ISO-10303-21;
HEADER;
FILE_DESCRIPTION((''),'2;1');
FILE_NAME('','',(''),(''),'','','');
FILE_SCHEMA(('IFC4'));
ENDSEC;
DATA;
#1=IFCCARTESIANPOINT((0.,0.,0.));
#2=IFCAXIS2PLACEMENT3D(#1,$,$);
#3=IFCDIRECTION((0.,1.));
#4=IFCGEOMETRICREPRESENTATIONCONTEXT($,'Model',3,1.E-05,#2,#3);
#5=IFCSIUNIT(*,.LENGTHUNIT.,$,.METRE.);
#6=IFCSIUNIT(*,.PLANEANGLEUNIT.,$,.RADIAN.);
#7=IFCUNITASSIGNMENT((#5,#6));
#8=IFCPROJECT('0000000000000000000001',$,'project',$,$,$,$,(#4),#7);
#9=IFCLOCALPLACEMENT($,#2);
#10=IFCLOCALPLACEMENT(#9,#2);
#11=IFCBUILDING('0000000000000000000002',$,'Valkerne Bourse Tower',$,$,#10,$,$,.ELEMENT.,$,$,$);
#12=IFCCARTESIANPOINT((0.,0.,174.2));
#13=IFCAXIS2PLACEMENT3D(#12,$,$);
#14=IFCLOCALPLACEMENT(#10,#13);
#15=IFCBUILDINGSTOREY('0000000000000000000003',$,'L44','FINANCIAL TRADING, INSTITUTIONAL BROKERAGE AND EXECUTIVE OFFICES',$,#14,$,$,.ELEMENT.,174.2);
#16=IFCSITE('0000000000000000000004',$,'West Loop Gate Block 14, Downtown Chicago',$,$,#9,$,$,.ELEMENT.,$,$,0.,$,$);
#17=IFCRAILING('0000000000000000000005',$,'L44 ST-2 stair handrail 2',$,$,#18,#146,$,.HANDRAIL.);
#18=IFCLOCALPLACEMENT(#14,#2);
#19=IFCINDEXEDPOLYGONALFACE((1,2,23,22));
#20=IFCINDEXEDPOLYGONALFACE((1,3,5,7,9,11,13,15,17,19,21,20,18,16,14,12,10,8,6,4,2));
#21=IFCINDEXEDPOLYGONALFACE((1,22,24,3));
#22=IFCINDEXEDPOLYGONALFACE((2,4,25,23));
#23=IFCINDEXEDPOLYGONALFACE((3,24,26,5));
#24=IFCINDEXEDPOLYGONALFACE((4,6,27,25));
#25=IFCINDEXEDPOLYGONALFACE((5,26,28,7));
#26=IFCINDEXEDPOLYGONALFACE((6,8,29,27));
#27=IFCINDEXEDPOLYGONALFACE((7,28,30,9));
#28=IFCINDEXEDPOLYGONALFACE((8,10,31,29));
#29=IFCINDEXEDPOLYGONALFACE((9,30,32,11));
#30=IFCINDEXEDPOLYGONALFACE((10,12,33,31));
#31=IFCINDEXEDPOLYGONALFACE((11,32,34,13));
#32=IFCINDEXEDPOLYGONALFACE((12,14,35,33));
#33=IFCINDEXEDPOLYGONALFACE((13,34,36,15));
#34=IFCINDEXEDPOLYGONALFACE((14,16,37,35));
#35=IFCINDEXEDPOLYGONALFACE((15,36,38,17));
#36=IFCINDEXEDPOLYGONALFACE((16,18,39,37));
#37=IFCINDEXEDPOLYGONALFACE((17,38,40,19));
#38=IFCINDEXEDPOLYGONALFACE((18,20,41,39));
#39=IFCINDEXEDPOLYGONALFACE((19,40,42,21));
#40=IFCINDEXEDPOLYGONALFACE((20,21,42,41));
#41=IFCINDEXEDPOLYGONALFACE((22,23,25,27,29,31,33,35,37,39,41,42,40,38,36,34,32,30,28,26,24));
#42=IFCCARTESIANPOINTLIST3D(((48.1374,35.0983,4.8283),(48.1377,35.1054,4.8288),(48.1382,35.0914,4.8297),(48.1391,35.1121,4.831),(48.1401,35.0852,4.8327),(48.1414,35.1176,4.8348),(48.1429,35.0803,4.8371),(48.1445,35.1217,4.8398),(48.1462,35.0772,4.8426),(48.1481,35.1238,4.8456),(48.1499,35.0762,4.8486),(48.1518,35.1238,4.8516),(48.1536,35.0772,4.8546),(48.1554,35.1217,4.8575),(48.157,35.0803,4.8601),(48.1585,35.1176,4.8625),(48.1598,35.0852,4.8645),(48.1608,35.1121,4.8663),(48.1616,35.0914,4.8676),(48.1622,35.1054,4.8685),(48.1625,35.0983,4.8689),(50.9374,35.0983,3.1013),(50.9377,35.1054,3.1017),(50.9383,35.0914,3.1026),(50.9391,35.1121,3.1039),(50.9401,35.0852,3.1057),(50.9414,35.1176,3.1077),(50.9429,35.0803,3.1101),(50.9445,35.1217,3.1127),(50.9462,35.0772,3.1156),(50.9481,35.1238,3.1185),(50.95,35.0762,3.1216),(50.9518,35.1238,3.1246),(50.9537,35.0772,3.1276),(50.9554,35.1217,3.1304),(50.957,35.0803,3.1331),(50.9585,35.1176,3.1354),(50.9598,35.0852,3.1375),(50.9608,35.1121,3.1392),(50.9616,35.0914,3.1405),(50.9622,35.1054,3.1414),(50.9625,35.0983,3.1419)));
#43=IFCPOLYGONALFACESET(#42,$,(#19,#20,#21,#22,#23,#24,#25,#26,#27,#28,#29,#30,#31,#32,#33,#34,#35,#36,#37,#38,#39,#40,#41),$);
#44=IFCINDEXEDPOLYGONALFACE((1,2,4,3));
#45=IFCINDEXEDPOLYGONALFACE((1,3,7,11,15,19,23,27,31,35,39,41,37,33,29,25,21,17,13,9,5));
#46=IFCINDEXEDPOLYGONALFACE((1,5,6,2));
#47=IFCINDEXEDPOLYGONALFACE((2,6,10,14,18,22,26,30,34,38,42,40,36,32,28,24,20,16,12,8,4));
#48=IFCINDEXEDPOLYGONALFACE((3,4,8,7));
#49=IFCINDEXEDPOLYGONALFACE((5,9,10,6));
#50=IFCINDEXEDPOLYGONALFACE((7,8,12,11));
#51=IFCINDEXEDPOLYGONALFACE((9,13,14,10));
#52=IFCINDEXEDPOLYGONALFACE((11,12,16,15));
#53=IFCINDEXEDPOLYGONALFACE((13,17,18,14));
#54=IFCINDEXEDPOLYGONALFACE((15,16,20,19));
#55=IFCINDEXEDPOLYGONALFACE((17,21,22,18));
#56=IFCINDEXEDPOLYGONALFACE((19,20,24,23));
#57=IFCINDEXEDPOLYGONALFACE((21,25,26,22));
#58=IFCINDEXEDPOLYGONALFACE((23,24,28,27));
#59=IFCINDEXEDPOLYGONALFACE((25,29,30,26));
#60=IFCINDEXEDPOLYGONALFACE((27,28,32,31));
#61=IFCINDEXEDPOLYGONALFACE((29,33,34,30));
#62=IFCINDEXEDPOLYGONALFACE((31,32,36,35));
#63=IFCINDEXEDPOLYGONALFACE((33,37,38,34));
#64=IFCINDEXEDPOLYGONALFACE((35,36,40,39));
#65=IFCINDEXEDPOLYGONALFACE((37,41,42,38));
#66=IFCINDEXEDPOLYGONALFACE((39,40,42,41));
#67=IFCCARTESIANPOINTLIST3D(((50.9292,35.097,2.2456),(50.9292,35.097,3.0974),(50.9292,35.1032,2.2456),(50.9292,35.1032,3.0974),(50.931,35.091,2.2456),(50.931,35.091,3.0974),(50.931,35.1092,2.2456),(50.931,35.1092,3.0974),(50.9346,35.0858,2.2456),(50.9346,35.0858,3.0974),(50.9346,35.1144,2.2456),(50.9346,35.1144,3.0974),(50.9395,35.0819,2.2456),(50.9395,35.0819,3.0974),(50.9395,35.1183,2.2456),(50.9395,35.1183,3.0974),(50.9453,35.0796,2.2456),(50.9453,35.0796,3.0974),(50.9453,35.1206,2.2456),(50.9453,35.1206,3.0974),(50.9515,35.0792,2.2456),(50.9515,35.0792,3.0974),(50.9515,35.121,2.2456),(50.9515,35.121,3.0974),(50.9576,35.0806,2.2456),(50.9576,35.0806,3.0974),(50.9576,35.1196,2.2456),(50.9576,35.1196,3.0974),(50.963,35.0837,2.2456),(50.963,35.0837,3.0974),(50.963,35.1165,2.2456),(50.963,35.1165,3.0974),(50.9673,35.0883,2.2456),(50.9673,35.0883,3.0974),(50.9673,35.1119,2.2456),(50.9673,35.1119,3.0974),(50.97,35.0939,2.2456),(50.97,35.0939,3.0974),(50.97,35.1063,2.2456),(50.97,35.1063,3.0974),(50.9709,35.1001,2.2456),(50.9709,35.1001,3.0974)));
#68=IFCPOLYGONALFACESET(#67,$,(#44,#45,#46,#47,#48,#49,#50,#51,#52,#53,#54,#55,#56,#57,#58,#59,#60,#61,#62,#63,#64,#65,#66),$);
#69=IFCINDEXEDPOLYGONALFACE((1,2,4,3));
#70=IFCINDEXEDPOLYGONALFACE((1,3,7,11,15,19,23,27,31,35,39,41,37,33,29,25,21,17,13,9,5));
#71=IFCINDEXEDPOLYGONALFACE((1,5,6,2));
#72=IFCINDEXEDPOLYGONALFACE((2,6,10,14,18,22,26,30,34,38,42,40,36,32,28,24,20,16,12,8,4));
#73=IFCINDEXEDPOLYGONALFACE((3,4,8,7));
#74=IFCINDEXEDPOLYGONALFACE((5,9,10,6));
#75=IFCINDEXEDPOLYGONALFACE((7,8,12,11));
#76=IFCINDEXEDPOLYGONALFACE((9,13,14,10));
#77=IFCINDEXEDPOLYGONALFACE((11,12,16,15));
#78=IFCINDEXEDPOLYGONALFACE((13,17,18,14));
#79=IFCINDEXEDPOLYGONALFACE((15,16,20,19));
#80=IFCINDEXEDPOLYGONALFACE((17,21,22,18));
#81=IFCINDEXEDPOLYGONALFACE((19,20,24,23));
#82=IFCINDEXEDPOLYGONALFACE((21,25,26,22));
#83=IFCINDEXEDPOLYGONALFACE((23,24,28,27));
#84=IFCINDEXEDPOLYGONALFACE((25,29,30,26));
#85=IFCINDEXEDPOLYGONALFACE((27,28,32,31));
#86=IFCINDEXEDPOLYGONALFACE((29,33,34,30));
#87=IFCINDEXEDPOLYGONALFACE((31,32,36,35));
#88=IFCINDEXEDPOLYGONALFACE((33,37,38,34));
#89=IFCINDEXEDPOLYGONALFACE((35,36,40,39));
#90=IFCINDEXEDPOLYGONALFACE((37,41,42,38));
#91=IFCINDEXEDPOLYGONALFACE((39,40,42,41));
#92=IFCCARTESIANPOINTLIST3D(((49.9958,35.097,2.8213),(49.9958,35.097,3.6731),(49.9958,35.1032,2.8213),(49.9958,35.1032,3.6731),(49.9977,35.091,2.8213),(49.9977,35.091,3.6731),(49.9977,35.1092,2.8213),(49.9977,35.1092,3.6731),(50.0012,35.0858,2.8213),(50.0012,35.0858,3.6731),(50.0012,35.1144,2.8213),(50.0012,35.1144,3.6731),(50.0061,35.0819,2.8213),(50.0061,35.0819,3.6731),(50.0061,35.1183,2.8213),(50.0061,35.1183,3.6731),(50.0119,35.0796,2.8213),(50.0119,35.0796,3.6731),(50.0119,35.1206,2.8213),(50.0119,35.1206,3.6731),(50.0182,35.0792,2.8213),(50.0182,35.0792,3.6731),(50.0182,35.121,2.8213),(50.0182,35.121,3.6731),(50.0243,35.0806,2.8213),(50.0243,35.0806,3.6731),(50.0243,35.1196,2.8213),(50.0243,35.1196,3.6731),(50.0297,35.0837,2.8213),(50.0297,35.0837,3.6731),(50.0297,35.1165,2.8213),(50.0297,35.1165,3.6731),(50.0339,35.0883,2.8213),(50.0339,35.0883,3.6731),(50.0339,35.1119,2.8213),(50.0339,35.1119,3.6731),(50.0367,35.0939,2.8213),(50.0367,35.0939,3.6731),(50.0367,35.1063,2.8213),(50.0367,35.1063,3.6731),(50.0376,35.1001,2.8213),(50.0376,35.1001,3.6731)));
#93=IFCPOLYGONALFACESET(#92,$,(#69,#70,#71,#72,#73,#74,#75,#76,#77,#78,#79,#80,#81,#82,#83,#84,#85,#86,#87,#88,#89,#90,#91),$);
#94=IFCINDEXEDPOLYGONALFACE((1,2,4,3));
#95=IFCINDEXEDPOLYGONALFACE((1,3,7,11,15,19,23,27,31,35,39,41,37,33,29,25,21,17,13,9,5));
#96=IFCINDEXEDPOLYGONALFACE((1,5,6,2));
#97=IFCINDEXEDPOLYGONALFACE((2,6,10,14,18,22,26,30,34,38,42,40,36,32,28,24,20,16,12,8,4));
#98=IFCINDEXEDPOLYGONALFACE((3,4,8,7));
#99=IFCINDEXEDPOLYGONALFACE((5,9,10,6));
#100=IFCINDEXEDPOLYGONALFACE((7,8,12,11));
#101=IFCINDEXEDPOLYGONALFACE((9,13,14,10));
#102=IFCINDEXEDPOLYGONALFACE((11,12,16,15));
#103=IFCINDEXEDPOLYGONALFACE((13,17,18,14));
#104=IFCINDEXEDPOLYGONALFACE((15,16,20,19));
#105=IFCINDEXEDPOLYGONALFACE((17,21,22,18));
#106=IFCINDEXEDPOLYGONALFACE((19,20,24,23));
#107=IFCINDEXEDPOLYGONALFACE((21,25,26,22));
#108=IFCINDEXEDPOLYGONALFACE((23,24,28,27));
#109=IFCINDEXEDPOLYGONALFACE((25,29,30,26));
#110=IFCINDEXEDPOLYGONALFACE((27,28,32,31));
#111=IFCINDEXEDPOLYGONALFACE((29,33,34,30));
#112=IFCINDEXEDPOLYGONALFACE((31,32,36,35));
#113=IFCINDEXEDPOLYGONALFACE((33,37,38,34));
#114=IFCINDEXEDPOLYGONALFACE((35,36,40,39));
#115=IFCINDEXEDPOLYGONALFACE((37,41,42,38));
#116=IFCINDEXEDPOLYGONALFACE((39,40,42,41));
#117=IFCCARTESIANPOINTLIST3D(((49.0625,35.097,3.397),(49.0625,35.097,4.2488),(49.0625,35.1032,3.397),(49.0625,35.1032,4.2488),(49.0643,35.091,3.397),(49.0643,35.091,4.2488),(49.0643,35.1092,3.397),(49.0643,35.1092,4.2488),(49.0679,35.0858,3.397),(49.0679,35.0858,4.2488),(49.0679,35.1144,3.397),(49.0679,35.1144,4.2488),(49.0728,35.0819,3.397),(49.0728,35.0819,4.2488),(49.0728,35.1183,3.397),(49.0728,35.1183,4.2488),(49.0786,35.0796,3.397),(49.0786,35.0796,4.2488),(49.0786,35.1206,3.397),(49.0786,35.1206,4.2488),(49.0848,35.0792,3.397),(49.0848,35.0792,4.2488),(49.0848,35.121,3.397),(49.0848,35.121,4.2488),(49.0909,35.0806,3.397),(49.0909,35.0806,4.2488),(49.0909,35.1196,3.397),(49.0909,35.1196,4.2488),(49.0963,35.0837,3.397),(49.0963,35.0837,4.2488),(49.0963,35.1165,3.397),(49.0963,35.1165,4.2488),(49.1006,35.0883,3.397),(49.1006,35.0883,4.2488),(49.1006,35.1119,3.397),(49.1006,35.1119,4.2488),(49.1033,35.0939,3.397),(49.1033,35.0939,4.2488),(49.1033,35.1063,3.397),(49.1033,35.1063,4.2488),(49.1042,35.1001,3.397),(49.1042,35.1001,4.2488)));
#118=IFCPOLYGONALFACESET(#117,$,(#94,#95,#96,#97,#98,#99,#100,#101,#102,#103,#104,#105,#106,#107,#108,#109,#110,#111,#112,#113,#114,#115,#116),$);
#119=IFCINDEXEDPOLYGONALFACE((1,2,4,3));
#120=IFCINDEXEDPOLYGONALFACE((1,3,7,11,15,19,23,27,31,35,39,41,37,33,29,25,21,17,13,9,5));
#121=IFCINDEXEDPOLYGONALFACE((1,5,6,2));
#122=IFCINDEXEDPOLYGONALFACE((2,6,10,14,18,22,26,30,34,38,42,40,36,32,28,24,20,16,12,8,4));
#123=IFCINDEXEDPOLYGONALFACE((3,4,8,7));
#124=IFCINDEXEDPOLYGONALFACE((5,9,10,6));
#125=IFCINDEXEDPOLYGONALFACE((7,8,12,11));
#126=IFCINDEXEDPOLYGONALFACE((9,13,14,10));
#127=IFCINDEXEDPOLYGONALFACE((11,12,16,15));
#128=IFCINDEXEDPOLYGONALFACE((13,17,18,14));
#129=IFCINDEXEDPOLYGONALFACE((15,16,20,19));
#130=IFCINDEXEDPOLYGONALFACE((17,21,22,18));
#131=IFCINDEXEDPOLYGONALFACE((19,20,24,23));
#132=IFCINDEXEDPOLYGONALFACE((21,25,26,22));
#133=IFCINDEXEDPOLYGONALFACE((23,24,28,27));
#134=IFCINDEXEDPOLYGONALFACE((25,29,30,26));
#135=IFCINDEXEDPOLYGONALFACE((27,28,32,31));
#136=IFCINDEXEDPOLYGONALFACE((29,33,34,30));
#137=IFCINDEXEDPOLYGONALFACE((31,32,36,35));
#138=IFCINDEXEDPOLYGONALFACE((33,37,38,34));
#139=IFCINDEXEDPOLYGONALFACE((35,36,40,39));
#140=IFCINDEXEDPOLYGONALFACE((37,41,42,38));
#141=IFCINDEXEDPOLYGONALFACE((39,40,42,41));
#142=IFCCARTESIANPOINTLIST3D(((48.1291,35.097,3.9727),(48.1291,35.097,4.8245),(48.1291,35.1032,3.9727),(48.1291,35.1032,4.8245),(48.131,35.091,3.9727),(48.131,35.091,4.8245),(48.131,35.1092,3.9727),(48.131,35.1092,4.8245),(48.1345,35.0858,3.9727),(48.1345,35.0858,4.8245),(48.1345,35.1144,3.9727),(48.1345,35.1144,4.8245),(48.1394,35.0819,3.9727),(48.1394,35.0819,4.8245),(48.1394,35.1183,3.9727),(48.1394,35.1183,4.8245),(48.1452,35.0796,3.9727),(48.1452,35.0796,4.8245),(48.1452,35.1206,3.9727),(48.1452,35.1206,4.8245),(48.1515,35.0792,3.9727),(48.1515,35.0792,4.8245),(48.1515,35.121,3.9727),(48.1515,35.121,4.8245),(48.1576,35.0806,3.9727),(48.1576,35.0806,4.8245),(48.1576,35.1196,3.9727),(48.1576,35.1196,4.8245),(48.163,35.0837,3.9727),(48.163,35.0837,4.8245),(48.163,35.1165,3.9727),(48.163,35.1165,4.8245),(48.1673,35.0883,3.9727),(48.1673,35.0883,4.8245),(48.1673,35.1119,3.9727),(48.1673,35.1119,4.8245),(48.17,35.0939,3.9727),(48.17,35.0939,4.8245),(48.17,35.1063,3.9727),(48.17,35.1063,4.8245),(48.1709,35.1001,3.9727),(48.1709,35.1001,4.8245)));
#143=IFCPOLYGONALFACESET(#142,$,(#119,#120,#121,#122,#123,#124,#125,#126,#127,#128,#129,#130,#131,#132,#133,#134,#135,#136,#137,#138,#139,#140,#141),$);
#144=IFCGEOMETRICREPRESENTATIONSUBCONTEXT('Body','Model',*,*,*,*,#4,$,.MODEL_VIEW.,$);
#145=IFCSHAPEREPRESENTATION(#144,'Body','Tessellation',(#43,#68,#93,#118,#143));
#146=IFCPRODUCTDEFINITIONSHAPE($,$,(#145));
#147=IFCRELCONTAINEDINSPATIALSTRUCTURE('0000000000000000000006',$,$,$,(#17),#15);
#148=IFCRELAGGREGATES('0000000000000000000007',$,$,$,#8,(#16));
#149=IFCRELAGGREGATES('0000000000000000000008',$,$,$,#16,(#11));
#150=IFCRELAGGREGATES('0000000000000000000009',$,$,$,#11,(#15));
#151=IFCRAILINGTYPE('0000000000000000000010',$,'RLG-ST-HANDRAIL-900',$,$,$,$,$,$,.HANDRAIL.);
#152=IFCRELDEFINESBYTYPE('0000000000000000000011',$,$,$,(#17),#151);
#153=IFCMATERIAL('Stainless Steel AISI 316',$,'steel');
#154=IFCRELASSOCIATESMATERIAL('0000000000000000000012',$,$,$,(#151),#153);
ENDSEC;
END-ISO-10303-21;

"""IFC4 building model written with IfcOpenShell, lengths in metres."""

from ifc_helpers import new_model, si_unit, direction, frame, origin, origin_2d, place, context, subcontext, project, spatial, circle, extrude, material, type_object, element, save


model = new_model("IFC4")

# Units and contexts
model_context = context("Model", 3, precision=1e-05, world=origin(), true_north=direction((0.0, 1.0)))
body_context = subcontext(model_context, "Body", "Model", "MODEL_VIEW")
ifc_project = project(units=[si_unit("LENGTHUNIT", "METRE"), si_unit("PLANEANGLEUNIT", "RADIAN")], contexts=[model_context])

# Site, building, storey
site_placement = place(None, origin())
site = spatial("IfcSite", under=ifc_project, at=site_placement, Name="West Loop Gate Block 14, Downtown Chicago", CompositionType="ELEMENT", RefElevation=0.0)
building_placement = place(site_placement, origin())
building = spatial("IfcBuilding", under=site, at=building_placement, Name="Valkerne Bourse Tower", CompositionType="ELEMENT")
storey_placement = place(building_placement, frame((0.0, 0.0, 174.2)))
storey = spatial("IfcBuildingStorey", under=building, at=storey_placement, Name="L44", Description="FINANCIAL TRADING, INSTITUTIONAL BROKERAGE AND EXECUTIVE OFFICES", CompositionType="ELEMENT", Elevation=174.2)

# Railing
ifc_material_1 = material(Name="Stainless Steel AISI 316", Category="steel")
railing_type_1 = type_object("IfcRailingType", Name="RLG-ST-HANDRAIL-900", PredefinedType="HANDRAIL", material=ifc_material_1)
railing_1_placement = place(storey_placement, frame((50.95, 35.1001, 2.2456)))
element("IfcRailing", 1, at=railing_1_placement, inside=storey, type_object=railing_type_1, Name="L44 ST-2 stair handrail 2", PredefinedType="HANDRAIL", context=body_context, shape_type="SweptSolid", body=[
    extrude(circle(Radius=0.0239, at=origin_2d()), frame((0.0, 0.0, 0.876), z_axis=(-0.851123, 0.0, 0.524967), x_axis=(0.0, -1.0, 0.0)), (0.0, 0.0, 1.0), 3.2898),
    extrude(circle(Radius=0.021, at=origin_2d()), origin(), (0.0, 0.0, 1.0), 0.8518),
    extrude(circle(Radius=0.021, at=origin_2d()), frame((-0.9333, 0.0, 0.5757)), (0.0, 0.0, 1.0), 0.8518),
    extrude(circle(Radius=0.021, at=origin_2d()), frame((-1.8667, 0.0, 1.1514)), (0.0, 0.0, 1.0), 0.8518),
    extrude(circle(Radius=0.021, at=origin_2d()), frame((-2.8, 0.0, 1.7271)), (0.0, 0.0, 1.0), 0.8518),
])

save(model, "model.ifc")
